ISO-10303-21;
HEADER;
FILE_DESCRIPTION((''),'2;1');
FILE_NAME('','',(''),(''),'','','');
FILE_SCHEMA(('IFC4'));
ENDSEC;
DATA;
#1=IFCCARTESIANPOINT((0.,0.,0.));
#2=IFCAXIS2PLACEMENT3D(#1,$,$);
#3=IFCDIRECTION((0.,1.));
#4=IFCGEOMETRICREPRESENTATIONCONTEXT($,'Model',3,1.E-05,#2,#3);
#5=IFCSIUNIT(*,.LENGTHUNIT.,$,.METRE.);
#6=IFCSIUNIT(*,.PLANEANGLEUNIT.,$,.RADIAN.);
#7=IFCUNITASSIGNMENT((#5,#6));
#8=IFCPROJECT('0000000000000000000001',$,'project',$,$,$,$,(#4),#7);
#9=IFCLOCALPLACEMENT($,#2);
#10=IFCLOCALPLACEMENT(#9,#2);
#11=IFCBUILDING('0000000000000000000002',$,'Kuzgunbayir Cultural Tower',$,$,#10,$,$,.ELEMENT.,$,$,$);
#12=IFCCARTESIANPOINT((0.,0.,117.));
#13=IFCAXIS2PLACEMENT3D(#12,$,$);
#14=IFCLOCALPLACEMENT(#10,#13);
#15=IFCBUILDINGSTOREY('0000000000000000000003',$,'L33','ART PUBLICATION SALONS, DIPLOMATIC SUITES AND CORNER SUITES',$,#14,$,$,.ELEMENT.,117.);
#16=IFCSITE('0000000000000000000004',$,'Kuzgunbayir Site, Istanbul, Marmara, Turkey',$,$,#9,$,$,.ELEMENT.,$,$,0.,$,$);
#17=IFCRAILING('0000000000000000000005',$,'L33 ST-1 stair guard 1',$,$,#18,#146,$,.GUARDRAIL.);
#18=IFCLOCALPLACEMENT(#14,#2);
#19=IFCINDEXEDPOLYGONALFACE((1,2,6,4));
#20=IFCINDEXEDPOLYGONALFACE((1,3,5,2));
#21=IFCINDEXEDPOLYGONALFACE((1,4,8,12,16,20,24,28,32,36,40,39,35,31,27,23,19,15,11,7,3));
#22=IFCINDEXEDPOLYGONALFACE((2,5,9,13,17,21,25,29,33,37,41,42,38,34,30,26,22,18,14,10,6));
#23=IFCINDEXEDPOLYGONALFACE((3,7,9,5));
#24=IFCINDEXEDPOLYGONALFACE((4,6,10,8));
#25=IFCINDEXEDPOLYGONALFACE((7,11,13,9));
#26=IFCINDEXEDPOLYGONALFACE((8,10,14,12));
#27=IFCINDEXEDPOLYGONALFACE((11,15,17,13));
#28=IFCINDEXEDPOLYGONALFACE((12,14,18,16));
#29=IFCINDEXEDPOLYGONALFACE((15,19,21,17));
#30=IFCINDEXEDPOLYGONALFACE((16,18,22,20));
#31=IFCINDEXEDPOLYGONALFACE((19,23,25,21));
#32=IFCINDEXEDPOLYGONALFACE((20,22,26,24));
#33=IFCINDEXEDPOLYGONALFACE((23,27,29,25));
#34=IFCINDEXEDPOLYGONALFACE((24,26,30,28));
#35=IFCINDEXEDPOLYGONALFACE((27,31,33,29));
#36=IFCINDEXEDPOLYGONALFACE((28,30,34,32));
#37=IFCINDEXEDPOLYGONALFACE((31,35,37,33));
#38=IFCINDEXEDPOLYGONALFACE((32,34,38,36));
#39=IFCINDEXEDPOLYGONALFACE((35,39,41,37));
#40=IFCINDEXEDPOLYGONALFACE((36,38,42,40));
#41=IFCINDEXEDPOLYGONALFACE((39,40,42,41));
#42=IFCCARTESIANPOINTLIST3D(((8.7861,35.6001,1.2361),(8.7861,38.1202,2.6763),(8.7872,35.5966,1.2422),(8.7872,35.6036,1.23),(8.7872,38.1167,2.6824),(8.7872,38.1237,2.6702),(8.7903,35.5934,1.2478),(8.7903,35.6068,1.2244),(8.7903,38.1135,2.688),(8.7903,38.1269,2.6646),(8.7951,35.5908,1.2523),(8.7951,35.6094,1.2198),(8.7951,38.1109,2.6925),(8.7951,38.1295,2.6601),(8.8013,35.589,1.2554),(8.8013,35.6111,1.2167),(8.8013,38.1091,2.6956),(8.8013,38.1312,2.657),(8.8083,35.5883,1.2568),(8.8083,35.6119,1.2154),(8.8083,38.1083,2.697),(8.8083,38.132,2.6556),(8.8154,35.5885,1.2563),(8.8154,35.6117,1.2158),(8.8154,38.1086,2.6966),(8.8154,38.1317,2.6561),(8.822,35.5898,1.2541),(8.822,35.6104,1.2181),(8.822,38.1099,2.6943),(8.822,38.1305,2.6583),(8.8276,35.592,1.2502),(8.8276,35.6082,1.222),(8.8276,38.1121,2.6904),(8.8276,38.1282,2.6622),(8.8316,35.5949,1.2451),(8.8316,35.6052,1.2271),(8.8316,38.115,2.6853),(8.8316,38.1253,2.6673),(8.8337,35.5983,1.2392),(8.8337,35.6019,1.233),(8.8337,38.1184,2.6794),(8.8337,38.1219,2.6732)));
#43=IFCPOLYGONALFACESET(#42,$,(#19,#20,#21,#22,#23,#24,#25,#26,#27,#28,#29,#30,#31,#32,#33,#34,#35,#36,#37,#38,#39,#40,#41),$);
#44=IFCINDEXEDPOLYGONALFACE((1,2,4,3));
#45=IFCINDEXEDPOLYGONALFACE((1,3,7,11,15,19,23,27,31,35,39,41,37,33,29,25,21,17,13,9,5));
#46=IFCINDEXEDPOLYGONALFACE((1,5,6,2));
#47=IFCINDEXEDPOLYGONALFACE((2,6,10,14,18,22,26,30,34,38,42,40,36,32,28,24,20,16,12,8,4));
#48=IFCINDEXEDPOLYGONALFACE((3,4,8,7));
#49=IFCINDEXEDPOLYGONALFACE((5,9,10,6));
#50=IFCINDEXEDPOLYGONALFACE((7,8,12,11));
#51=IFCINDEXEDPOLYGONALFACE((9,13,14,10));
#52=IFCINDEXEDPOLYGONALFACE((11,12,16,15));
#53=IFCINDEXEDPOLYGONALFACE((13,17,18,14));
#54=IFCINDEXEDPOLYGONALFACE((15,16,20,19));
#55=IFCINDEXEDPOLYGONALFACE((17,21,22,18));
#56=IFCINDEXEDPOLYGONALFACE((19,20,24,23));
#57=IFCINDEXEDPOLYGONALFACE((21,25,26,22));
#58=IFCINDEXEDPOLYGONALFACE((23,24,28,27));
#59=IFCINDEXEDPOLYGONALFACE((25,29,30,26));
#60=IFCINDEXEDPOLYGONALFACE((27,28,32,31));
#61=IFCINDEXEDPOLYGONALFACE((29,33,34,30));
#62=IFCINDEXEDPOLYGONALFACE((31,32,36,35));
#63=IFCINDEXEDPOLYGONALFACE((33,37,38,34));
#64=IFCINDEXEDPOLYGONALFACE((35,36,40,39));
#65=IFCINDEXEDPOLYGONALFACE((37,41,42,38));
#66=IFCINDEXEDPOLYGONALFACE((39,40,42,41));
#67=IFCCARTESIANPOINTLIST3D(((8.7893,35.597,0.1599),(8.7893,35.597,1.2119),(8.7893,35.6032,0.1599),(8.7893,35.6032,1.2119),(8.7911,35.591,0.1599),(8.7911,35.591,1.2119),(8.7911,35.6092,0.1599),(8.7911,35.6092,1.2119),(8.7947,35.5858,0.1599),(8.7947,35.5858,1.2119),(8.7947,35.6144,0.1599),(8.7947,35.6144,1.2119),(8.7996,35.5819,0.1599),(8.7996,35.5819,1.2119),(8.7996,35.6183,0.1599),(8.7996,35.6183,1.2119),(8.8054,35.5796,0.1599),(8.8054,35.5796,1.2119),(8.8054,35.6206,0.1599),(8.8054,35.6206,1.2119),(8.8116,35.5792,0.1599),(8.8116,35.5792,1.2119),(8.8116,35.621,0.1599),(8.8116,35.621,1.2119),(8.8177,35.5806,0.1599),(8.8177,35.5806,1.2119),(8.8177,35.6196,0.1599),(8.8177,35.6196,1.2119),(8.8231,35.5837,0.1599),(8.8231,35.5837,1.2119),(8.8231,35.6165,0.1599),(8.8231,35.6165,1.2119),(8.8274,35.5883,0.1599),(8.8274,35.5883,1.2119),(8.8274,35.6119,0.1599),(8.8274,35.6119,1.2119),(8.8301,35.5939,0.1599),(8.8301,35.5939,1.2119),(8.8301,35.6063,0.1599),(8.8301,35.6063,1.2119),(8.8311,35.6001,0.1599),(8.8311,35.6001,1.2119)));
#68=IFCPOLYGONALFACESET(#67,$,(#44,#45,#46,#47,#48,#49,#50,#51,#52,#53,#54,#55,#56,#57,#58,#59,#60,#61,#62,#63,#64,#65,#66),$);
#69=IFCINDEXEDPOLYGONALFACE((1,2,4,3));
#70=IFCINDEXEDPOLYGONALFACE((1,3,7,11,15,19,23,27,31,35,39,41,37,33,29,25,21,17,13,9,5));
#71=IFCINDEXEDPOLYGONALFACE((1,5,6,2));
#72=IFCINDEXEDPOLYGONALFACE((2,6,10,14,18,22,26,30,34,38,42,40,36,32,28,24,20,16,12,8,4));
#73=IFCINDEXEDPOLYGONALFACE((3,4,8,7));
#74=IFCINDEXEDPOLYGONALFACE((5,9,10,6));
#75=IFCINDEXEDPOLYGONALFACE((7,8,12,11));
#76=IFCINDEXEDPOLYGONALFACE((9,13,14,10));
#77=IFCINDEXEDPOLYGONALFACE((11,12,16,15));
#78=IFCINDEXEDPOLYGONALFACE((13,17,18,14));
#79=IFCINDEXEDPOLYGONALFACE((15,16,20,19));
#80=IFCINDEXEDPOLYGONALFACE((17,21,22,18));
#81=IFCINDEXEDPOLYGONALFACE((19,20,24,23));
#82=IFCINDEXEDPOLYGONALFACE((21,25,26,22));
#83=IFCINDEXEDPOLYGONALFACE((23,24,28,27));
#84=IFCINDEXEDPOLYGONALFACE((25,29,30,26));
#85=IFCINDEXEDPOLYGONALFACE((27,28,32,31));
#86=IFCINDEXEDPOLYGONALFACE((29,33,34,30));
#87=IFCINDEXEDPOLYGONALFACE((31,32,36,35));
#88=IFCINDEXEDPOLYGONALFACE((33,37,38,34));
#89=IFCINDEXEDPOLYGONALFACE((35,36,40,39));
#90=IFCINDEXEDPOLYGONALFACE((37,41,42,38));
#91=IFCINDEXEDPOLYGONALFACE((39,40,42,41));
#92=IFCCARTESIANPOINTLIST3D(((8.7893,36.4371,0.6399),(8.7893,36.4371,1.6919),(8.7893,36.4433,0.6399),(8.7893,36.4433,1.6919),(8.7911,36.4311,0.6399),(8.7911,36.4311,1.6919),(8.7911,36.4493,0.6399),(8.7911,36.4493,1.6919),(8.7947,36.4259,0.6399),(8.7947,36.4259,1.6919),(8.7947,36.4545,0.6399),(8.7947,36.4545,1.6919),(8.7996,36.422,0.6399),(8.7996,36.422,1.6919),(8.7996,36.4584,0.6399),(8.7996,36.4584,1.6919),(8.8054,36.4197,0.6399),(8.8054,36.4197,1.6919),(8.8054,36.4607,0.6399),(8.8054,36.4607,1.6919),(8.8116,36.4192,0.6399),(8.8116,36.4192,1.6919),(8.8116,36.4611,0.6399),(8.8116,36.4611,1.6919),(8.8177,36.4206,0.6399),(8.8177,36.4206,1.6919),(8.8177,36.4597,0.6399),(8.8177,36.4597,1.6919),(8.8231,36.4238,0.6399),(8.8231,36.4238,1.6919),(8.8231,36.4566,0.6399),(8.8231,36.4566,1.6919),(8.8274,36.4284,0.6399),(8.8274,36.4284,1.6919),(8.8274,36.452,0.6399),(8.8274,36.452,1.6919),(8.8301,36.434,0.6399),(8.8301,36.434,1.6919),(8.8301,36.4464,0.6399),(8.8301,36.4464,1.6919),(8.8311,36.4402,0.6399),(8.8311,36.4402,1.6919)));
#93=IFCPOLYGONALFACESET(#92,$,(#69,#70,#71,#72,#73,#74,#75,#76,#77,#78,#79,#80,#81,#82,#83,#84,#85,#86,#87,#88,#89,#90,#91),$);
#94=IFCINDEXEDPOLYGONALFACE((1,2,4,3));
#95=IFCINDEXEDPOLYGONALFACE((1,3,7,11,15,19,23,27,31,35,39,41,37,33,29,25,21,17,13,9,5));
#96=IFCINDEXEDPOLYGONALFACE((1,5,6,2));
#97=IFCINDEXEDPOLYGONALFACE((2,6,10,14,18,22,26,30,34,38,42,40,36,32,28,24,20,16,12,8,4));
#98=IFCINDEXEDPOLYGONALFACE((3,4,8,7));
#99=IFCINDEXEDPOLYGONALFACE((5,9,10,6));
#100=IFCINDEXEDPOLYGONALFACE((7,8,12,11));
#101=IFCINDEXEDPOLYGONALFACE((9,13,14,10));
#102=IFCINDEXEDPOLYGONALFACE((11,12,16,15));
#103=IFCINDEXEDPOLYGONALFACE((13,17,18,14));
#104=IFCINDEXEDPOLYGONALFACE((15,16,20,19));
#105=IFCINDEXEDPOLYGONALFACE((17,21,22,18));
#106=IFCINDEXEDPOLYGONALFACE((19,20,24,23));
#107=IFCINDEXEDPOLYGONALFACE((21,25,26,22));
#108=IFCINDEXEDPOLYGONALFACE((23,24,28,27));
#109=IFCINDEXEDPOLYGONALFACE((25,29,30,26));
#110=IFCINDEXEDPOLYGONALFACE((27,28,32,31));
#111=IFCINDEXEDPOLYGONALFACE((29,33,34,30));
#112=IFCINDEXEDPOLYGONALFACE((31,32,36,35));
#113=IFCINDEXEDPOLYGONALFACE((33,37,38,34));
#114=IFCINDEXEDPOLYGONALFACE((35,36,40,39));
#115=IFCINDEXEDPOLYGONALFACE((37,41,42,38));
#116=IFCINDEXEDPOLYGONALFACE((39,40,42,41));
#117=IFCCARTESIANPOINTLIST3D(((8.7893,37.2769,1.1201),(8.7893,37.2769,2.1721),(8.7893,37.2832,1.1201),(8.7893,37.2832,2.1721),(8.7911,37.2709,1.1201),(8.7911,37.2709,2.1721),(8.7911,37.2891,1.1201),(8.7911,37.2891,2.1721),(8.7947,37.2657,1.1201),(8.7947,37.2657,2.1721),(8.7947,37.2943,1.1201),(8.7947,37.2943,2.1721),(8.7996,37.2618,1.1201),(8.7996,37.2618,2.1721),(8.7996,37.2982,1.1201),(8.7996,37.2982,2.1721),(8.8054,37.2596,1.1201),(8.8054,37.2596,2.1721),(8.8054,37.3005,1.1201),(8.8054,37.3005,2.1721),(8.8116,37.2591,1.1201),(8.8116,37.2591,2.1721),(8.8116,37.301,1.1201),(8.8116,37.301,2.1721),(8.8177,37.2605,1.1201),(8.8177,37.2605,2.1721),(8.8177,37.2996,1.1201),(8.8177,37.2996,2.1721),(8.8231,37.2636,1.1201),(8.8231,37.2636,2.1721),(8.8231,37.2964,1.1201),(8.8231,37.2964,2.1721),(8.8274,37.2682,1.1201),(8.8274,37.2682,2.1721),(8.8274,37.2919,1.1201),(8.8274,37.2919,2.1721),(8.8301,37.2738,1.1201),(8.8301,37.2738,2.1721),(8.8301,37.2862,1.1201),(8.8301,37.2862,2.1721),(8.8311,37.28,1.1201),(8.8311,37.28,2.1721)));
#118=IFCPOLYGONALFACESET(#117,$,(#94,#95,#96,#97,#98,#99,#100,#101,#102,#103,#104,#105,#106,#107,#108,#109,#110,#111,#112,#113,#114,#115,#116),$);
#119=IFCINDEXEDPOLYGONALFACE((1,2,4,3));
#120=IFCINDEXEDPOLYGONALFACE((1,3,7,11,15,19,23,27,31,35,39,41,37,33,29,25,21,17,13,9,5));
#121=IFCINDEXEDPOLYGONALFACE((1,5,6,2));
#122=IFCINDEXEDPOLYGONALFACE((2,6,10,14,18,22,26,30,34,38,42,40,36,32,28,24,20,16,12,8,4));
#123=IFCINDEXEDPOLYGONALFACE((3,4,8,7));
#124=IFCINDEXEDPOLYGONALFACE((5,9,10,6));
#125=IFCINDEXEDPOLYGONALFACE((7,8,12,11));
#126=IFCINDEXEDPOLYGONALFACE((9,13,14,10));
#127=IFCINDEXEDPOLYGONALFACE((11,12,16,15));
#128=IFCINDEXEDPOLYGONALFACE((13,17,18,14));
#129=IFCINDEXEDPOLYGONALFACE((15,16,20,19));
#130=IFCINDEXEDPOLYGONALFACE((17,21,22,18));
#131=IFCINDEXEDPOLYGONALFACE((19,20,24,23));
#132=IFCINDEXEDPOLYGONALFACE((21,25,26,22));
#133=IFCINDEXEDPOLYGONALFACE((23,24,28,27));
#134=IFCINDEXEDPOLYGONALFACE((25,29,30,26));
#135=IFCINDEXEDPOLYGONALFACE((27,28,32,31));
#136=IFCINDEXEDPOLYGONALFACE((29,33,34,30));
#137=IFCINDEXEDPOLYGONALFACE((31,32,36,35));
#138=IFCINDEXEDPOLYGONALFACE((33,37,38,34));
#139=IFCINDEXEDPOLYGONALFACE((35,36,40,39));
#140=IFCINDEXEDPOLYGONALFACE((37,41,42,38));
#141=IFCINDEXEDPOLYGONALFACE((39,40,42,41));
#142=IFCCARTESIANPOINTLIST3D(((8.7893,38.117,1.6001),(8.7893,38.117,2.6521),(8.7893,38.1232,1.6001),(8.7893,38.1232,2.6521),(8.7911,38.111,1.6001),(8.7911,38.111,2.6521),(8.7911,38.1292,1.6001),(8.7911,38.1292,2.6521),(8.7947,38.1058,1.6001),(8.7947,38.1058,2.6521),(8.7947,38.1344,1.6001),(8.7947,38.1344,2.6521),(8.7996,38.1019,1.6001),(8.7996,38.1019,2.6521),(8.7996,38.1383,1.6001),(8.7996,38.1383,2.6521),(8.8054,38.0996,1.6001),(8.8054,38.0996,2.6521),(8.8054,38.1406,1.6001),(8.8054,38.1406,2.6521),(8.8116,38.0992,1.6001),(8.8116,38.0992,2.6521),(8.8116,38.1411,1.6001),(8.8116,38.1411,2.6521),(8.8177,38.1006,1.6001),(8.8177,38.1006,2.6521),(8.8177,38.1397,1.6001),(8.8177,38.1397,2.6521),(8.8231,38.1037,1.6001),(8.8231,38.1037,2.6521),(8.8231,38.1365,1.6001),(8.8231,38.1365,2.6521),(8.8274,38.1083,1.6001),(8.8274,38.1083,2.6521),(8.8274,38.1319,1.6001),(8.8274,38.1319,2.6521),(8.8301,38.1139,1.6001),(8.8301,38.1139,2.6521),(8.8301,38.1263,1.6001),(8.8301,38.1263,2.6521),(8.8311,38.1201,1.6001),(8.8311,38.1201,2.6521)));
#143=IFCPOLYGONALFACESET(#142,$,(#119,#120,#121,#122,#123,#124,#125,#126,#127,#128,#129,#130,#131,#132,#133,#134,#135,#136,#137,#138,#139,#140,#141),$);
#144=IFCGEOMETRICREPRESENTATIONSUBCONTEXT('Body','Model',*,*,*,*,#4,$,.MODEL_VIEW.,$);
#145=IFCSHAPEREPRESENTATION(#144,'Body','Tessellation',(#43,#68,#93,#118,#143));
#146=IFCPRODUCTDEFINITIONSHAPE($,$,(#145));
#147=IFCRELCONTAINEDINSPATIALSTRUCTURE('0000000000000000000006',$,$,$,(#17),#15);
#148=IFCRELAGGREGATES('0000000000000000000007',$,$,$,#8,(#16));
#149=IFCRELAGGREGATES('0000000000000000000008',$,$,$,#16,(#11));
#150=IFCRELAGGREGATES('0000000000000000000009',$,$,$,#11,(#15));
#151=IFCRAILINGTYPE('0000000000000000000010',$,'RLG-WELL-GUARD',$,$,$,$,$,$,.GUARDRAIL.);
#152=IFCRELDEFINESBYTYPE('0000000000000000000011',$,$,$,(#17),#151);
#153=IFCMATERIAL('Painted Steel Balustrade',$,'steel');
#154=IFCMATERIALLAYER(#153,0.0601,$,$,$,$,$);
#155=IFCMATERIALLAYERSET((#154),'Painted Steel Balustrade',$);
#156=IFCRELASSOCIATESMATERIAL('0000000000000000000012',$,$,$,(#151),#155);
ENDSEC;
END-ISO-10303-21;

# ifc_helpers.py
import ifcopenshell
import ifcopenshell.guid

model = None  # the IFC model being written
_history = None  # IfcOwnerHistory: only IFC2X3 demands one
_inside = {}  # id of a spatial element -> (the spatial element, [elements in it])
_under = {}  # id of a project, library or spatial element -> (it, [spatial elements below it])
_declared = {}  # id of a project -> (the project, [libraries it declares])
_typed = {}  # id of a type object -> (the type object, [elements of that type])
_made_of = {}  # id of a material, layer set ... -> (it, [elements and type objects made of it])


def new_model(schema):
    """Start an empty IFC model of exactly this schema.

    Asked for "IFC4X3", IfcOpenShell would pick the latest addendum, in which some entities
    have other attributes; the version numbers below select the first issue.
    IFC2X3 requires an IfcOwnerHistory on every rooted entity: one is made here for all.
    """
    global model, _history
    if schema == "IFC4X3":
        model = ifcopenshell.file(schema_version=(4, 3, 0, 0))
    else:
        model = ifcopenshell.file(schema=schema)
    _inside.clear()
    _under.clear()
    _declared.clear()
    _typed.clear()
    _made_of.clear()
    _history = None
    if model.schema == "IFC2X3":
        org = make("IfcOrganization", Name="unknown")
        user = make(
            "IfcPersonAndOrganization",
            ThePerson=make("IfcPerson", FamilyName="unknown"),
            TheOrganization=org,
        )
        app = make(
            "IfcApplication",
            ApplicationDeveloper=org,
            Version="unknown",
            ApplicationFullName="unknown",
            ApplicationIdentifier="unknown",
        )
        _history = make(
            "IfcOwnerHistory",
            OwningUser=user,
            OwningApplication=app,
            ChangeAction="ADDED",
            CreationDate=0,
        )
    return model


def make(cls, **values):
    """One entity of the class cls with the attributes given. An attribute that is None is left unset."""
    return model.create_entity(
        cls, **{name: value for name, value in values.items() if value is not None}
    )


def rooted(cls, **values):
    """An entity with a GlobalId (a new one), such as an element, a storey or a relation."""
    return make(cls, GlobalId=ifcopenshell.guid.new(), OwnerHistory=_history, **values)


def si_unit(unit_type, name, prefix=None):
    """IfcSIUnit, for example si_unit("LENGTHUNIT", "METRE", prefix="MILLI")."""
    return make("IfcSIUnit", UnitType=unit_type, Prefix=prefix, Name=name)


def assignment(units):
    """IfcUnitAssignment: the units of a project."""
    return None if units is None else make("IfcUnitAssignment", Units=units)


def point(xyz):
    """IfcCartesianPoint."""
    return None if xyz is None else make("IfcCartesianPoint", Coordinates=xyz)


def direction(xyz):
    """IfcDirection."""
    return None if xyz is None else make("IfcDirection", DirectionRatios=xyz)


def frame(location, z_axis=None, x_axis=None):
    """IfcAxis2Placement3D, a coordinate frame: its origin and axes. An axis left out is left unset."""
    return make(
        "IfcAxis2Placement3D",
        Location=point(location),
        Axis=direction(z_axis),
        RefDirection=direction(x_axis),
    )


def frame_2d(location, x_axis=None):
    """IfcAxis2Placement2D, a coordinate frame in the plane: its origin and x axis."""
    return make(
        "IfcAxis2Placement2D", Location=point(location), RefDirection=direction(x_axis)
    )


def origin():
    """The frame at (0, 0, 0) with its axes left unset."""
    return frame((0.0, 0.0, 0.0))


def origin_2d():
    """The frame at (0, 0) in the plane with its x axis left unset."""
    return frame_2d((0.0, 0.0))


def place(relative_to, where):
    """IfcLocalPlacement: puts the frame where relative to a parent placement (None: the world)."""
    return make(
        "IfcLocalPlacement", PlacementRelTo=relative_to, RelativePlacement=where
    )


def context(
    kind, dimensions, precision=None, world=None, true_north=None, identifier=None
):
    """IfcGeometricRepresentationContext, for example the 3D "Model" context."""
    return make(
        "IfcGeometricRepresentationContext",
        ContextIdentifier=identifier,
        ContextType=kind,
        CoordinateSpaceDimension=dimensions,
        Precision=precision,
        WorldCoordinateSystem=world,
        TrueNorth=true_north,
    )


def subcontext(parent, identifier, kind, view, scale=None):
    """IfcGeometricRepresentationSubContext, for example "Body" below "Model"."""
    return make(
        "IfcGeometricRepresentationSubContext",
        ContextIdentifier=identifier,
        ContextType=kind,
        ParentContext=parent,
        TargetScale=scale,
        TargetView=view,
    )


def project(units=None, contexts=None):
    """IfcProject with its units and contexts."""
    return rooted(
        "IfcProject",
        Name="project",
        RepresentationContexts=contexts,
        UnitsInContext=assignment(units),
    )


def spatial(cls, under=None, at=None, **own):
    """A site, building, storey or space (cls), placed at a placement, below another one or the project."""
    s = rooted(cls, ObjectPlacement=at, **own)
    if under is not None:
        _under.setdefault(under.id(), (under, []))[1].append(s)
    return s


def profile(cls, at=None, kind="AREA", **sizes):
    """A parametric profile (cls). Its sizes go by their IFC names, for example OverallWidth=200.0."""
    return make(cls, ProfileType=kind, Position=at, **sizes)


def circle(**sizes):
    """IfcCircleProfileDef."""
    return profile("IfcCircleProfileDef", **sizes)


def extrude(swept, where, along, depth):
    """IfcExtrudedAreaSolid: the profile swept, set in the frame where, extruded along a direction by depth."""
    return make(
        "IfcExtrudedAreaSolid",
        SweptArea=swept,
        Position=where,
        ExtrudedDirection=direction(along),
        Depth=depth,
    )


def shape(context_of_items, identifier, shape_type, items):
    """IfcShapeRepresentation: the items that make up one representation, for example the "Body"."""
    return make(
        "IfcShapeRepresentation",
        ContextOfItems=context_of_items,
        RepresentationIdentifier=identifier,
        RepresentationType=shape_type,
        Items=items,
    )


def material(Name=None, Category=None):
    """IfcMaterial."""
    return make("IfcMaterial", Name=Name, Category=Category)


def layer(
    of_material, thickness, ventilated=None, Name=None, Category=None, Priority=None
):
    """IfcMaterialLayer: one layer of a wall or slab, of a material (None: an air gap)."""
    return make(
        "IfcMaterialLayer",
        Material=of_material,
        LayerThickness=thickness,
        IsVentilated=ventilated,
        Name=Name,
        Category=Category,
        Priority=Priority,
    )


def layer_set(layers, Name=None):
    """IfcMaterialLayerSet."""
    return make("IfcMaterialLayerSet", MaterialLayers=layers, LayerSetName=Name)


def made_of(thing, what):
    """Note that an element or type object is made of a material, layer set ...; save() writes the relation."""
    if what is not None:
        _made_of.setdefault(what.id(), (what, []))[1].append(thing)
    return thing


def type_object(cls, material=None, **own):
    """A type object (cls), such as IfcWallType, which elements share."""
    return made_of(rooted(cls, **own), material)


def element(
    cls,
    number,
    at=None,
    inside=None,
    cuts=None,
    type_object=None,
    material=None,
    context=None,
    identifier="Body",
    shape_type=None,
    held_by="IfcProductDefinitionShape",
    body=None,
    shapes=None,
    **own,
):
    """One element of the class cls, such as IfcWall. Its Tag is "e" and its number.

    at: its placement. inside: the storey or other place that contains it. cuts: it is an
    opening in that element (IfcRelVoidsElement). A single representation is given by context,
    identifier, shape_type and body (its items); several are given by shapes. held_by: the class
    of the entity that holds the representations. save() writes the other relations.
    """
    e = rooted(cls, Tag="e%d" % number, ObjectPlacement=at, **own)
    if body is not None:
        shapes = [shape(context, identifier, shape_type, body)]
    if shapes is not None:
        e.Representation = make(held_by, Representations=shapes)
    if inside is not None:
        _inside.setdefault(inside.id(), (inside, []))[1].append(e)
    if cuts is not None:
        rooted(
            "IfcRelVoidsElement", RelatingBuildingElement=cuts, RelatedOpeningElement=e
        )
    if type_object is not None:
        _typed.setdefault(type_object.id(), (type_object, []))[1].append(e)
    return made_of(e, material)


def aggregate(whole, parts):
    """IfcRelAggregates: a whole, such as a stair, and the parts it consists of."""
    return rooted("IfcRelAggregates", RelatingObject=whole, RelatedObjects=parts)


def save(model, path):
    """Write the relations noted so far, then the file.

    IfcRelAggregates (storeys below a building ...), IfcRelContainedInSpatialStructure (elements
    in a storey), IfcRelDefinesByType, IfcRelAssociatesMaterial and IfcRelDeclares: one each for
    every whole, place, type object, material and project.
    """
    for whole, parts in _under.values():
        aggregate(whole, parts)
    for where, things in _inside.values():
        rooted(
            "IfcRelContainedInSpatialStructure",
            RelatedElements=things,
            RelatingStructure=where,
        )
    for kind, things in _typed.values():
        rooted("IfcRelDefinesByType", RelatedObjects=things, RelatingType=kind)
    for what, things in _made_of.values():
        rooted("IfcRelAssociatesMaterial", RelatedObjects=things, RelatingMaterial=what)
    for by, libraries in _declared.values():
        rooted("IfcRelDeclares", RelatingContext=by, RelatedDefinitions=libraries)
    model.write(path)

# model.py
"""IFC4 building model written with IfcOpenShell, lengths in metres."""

from ifc_helpers import new_model, si_unit, direction, frame, origin, origin_2d, place, context, subcontext, project, spatial, circle, extrude, material, layer, layer_set, type_object, element, save


model = new_model("IFC4")

# Units and contexts
model_context = context("Model", 3, precision=1e-05, world=origin(), true_north=direction((0.0, 1.0)))
body_context = subcontext(model_context, "Body", "Model", "MODEL_VIEW")
ifc_project = project(units=[si_unit("LENGTHUNIT", "METRE"), si_unit("PLANEANGLEUNIT", "RADIAN")], contexts=[model_context])

# Site, building, storey
site_placement = place(None, origin())
site = spatial("IfcSite", under=ifc_project, at=site_placement, Name="Kuzgunbayir Site, Istanbul, Marmara, Turkey", CompositionType="ELEMENT", RefElevation=0.0)
building_placement = place(site_placement, origin())
building = spatial("IfcBuilding", under=site, at=building_placement, Name="Kuzgunbayir Cultural Tower", CompositionType="ELEMENT")
storey_placement = place(building_placement, frame((0.0, 0.0, 117.0)))
storey = spatial("IfcBuildingStorey", under=building, at=storey_placement, Name="L33", Description="ART PUBLICATION SALONS, DIPLOMATIC SUITES AND CORNER SUITES", CompositionType="ELEMENT", Elevation=117.0)

# Railing
ifc_material_1 = material(Name="Painted Steel Balustrade", Category="steel")
ifc_layer_1 = layer(ifc_material_1, 0.0601)
ifc_layer_set_1 = layer_set([ifc_layer_1], Name="Painted Steel Balustrade")
railing_type_1 = type_object("IfcRailingType", Name="RLG-WELL-GUARD", PredefinedType="GUARDRAIL", material=ifc_layer_set_1)
railing_1_placement = place(storey_placement, frame((8.8101, 35.6001, 0.1599)))
element("IfcRailing", 1, at=railing_1_placement, inside=storey, type_object=railing_type_1, Name="L33 ST-1 stair guard 1", PredefinedType="GUARDRAIL", context=body_context, shape_type="SweptSolid", body=[
    extrude(circle(Radius=0.0239, at=origin_2d()), frame((0.0, 0.0, 1.0762), z_axis=(0.0, 0.868217, 0.496184), x_axis=(-1.0, 0.0, 0.0)), (0.0, 0.0, 1.0), 2.9026),
    extrude(circle(Radius=0.021, at=origin_2d()), origin(), (0.0, 0.0, 1.0), 1.052),
    extrude(circle(Radius=0.021, at=origin_2d()), frame((0.0, 0.8401, 0.48)), (0.0, 0.0, 1.0), 1.052),
    extrude(circle(Radius=0.021, at=origin_2d()), frame((0.0, 1.6799, 0.9602)), (0.0, 0.0, 1.0), 1.052),
    extrude(circle(Radius=0.021, at=origin_2d()), frame((0.0, 2.52, 1.4402)), (0.0, 0.0, 1.0), 1.052),
])

save(model, "model.ifc")
